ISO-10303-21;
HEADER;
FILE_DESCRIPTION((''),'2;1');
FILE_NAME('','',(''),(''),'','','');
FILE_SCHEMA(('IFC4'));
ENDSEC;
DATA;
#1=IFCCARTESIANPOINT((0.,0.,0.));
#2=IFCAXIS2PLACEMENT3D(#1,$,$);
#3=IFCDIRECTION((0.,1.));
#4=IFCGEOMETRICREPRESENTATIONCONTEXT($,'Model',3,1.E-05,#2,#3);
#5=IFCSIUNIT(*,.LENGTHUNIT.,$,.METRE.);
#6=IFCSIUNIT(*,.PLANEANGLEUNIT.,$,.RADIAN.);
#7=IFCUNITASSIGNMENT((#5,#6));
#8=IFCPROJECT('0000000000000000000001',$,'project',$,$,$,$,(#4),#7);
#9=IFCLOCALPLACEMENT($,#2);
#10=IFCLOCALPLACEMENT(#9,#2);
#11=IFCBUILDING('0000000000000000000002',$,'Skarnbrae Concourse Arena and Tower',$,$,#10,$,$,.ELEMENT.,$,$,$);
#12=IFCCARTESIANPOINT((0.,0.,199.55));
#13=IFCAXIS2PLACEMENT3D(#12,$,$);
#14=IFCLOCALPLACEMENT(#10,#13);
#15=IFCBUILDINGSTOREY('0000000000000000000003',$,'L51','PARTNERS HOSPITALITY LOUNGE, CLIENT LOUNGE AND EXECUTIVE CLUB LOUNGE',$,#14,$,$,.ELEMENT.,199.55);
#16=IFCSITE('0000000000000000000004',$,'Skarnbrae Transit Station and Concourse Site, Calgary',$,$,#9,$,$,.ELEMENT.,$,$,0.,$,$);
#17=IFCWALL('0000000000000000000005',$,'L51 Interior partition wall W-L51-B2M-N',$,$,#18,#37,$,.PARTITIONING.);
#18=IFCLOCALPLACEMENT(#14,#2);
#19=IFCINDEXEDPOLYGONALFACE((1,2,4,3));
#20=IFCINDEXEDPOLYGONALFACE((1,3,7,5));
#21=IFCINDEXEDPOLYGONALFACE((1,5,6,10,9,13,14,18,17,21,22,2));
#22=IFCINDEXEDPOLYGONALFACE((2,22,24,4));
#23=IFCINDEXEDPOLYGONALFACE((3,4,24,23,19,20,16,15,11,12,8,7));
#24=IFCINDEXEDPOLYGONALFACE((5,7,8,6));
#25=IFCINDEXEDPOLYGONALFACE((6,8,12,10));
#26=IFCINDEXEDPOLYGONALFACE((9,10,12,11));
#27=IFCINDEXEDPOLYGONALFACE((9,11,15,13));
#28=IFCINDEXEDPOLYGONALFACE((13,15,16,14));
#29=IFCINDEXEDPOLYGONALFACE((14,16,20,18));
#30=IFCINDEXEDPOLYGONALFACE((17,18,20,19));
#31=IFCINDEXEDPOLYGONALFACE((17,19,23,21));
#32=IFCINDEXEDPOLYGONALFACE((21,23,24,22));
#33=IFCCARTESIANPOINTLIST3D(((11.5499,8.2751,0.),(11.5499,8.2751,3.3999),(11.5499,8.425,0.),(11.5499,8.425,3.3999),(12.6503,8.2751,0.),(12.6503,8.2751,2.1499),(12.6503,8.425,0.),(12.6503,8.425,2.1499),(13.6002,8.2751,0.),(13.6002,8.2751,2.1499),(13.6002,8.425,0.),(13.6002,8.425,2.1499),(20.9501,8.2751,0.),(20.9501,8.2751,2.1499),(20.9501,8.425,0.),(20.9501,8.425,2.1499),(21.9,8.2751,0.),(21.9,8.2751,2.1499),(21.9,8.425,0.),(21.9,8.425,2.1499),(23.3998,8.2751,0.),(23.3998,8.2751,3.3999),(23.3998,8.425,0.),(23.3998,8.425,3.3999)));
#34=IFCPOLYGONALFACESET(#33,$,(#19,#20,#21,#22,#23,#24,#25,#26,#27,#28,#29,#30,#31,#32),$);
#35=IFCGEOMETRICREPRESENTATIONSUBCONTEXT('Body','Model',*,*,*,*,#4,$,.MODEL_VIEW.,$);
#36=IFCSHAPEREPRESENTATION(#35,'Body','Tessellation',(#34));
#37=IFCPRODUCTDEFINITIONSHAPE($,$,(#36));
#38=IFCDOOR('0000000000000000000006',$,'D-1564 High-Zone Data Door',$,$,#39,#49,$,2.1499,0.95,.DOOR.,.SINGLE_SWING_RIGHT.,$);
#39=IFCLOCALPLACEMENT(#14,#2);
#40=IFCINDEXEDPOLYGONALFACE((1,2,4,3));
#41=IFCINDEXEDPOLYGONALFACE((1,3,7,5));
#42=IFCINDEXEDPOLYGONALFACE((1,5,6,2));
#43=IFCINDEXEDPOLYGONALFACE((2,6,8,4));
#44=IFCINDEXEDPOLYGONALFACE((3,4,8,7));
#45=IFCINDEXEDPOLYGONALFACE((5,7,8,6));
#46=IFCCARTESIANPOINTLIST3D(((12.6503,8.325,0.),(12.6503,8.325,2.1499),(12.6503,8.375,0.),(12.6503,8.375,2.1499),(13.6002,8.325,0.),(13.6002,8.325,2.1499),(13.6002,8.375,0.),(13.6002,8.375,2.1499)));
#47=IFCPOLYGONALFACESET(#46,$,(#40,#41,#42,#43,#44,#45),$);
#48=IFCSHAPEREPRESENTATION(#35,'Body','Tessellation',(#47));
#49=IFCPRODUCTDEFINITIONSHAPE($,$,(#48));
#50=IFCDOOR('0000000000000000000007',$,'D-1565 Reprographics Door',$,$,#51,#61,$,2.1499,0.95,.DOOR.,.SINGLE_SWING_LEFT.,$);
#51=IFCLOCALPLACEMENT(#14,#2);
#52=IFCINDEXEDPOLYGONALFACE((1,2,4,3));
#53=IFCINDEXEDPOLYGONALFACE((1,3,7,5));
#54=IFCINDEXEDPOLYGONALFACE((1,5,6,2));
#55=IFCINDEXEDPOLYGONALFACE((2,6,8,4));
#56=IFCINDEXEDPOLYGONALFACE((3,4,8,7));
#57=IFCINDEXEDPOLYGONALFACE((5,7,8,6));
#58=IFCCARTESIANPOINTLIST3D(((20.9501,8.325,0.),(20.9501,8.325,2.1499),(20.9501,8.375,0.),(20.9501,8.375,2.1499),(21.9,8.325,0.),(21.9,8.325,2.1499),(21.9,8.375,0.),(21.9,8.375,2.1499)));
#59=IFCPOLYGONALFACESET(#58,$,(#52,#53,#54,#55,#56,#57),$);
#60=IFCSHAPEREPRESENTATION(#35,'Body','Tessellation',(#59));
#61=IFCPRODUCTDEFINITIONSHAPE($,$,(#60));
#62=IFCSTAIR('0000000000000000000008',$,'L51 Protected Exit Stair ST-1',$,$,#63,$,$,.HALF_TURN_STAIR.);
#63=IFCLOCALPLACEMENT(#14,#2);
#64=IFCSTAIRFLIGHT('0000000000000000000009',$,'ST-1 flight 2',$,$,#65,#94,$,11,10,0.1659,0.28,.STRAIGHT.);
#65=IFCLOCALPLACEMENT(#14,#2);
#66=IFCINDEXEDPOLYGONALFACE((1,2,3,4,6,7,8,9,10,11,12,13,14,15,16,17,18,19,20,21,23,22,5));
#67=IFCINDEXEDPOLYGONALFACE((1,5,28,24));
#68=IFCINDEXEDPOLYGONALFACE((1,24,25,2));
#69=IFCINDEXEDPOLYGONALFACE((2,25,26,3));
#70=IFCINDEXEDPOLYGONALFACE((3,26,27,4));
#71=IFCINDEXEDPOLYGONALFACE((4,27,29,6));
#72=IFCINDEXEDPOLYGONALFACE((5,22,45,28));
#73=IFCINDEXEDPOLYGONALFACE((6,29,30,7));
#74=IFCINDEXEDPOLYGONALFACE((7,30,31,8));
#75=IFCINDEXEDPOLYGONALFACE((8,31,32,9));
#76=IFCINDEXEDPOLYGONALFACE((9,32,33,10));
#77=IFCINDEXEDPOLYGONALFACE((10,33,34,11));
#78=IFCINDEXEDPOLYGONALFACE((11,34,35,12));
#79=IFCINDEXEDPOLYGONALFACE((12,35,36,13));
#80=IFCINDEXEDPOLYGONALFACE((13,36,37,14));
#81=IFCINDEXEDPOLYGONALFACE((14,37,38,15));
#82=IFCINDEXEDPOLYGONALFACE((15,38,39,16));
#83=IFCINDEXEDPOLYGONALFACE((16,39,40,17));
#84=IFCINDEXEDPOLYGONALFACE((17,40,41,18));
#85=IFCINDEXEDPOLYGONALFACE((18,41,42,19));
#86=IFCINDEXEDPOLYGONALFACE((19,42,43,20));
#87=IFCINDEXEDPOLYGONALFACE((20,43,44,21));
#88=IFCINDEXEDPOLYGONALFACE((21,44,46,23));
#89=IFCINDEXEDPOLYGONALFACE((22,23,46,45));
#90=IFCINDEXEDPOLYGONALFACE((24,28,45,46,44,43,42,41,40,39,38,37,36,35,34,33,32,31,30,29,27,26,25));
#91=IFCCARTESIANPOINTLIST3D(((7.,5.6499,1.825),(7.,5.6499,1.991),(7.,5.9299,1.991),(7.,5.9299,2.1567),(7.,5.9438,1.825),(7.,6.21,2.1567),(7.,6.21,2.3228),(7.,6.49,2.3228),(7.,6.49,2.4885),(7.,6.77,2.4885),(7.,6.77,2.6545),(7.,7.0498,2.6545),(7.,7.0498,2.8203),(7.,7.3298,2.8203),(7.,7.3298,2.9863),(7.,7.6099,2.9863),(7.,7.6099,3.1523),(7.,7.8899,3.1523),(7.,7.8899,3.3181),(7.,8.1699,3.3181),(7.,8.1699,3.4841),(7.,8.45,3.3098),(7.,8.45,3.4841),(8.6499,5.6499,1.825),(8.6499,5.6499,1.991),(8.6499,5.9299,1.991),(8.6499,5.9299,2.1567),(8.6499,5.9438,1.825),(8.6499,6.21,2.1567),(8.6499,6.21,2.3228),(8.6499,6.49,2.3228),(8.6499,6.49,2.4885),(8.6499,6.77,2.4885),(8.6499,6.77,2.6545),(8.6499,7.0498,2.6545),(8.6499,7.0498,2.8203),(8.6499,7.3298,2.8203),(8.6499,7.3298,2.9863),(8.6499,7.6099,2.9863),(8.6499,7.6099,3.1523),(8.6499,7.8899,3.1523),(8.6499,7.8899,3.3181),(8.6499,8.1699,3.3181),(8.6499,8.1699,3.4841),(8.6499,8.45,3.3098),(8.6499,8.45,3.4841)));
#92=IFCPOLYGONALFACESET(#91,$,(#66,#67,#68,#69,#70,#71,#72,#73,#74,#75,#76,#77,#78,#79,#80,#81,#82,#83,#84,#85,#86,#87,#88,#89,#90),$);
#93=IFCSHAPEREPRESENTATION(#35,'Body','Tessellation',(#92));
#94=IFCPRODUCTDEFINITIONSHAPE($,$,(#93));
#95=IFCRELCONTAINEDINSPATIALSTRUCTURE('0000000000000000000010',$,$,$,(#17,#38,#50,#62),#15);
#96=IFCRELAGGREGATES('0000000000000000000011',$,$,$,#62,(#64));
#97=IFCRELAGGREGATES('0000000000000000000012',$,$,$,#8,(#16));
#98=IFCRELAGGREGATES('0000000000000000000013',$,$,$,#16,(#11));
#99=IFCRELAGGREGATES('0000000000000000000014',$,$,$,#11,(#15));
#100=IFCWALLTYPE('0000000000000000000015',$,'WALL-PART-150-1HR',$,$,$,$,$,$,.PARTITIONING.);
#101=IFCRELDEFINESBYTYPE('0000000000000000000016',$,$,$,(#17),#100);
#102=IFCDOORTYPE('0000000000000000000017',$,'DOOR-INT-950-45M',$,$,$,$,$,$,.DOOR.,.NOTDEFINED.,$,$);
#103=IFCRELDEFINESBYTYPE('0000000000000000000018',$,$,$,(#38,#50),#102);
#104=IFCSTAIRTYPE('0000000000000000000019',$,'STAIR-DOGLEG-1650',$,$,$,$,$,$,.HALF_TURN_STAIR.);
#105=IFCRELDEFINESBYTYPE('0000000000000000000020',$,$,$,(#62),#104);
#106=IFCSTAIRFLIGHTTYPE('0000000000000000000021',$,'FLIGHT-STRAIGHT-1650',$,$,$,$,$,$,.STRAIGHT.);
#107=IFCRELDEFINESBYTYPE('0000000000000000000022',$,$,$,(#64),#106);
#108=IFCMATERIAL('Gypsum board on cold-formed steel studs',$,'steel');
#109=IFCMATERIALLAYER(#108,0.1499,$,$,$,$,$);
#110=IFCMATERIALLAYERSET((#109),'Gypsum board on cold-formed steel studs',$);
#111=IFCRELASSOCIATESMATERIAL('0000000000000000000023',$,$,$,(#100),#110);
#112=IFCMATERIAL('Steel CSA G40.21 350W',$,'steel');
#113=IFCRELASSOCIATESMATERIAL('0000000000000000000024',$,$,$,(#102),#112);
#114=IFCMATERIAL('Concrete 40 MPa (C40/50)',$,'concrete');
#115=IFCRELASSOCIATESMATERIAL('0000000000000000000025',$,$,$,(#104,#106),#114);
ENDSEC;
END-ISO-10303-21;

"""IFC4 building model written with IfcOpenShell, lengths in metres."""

from ifc_helpers import new_model, si_unit, direction, frame, frame_2d, origin, place, context, subcontext, project, spatial, polyline, rectangle, outline, extrude, source, transform, mapped, material, layer, layer_set, type_object, element, fill, aggregate, save


model = new_model("IFC4")

# Units and contexts
model_context = context("Model", 3, precision=1e-05, world=origin(), true_north=direction((0.0, 1.0)))
body_context = subcontext(model_context, "Body", "Model", "MODEL_VIEW")
ifc_project = project(units=[si_unit("LENGTHUNIT", "METRE"), si_unit("PLANEANGLEUNIT", "RADIAN")], contexts=[model_context])

# Site, building, storey
site_placement = place(None, origin())
site = spatial("IfcSite", under=ifc_project, at=site_placement, Name="Skarnbrae Transit Station and Concourse Site, Calgary", CompositionType="ELEMENT", RefElevation=0.0)
building_placement = place(site_placement, origin())
building = spatial("IfcBuilding", under=site, at=building_placement, Name="Skarnbrae Concourse Arena and Tower", CompositionType="ELEMENT")
storey_placement = place(building_placement, frame((0.0, 0.0, 199.55)))
storey = spatial("IfcBuildingStorey", under=building, at=storey_placement, Name="L51", Description="PARTNERS HOSPITALITY LOUNGE, CLIENT LOUNGE AND EXECUTIVE CLUB LOUNGE", CompositionType="ELEMENT", Elevation=199.55)

# Shared definitions
ifc_material_1 = material(Name="Gypsum board on cold-formed steel studs", Category="steel")

# Shared definitions
ifc_material_2 = material(Name="Steel CSA G40.21 350W", Category="steel")

# Shared definitions
ifc_layer_1 = layer(ifc_material_1, 0.1499)
ifc_layer_set_1 = layer_set([ifc_layer_1], Name="Gypsum board on cold-formed steel studs")
wall_type_1 = type_object("IfcWallType", Name="WALL-PART-150-1HR", PredefinedType="PARTITIONING", material=ifc_layer_set_1)

# Shared definitions
door_type_1 = type_object("IfcDoorType", Name="DOOR-INT-950-45M", OperationType="NOTDEFINED", PredefinedType="DOOR", material=ifc_material_2)
shared_shape_1 = source(origin(), body_context, "Body", "SweptSolid", [
    extrude(rectangle(XDim=0.95, YDim=2.1499, at=frame_2d((0.4751, 1.075))), frame((0.0, 0.0249, 0.0), z_axis=(0.0, -1.0, 0.0), x_axis=(1.0, 0.0, 0.0)), (0.0, 0.0, 1.0), 0.05),
])

# Shared definitions
shared_shape_2 = source(origin(), body_context, "Body", "SweptSolid", [
    extrude(rectangle(XDim=11.8499, YDim=0.1499, at=frame_2d((5.9248, 0.0))), origin(), (0.0, 0.0, 1.0), 3.3999),
])

# Wall, openings, doors
wall_1_placement = place(storey_placement, frame((11.55, 8.3501, 0.0), z_axis=(0.0, 0.0, 1.0), x_axis=(1.0, 0.0, 0.0)))
wall_1 = element("IfcWall", 1, at=wall_1_placement, inside=storey, type_object=wall_type_1, Name="L51 Interior partition wall W-L51-B2M-N", PredefinedType="PARTITIONING", context=body_context, shape_type="MappedRepresentation", body=[
    mapped(shared_shape_2, transform((0.0, 0.0, 0.0))),
])
opening_1_placement = place(wall_1_placement, frame((1.1001, 0.0, 0.0)))
opening_1 = element("IfcOpeningElement", 2, at=opening_1_placement, cuts=wall_1, PredefinedType="OPENING", context=body_context, shape_type="SweptSolid", body=[
    extrude(rectangle(XDim=0.95, YDim=2.1499, at=frame_2d((0.4751, 1.075))), frame((0.0, 0.085, 0.0), z_axis=(0.0, -1.0, 0.0), x_axis=(1.0, 0.0, 0.0)), (0.0, 0.0, 1.0), 0.1699),
])
opening_2_placement = place(wall_1_placement, frame((9.3999, 0.0, 0.0)))
opening_2 = element("IfcOpeningElement", 3, at=opening_2_placement, cuts=wall_1, PredefinedType="OPENING", context=body_context, shape_type="SweptSolid", body=[
    extrude(rectangle(XDim=0.95, YDim=2.1499, at=frame_2d((0.4751, 1.075))), frame((0.0, 0.085, 0.0), z_axis=(0.0, -1.0, 0.0), x_axis=(1.0, 0.0, 0.0)), (0.0, 0.0, 1.0), 0.1699),
])
door_1_placement = place(opening_1_placement, origin())
door_1 = element("IfcDoor", 4, at=door_1_placement, inside=storey, type_object=door_type_1, Name="D-1564 High-Zone Data Door", OperationType="SINGLE_SWING_RIGHT", OverallHeight=2.1499, OverallWidth=0.95, PredefinedType="DOOR", context=body_context, shape_type="MappedRepresentation", body=[
    mapped(shared_shape_1, transform((0.0, 0.0, 0.0))),
])
fill(opening_1, door_1)
door_2_placement = place(opening_2_placement, origin())
door_2 = element("IfcDoor", 5, at=door_2_placement, inside=storey, type_object=door_type_1, Name="D-1565 Reprographics Door", OperationType="SINGLE_SWING_LEFT", OverallHeight=2.1499, OverallWidth=0.95, PredefinedType="DOOR", context=body_context, shape_type="MappedRepresentation", body=[
    mapped(shared_shape_1, transform((0.0, 0.0, 0.0))),
])
fill(opening_2, door_2)

# Stair, stair flight
ifc_material_3 = material(Name="Concrete 40 MPa (C40/50)", Category="concrete")
stair_type = type_object("IfcStairType", Name="STAIR-DOGLEG-1650", PredefinedType="HALF_TURN_STAIR", material=ifc_material_3)
stair_placement = place(storey_placement, origin())
stair = element("IfcStair", 6, at=stair_placement, inside=storey, type_object=stair_type, Name="L51 Protected Exit Stair ST-1", PredefinedType="HALF_TURN_STAIR")
stair_flight_type = type_object("IfcStairFlightType", Name="FLIGHT-STRAIGHT-1650", PredefinedType="STRAIGHT", material=ifc_material_3)
shared_shape_3 = source(origin(), body_context, "Body", "SweptSolid", [
    extrude(outline(polyline([(0.0, 0.0), (0.0, 0.166), (0.28, 0.166), (0.28, 0.3318), (0.5601, 0.3318), (0.5601, 0.4978), (0.8401, 0.4978), (0.8401, 0.6636), (1.1201, 0.6636), (1.1201, 0.8296), (1.3999, 0.8296), (1.3999, 0.9954), (1.6799, 0.9954), (1.6799, 1.1614), (1.96, 1.1614), (1.96, 1.3274), (2.24, 1.3274), (2.24, 1.4932), (2.52, 1.4932), (2.52, 1.6592), (2.8, 1.6592), (2.8, 1.825), (2.8, 1.4849), (0.2939, 0.0), (0.0, 0.0)])), frame((0.0, 0.825, 0.0), z_axis=(0.0, -1.0, 0.0), x_axis=(1.0, 0.0, 0.0)), (0.0, 0.0, 1.0), 1.6499),
])
stair_flight_placement = place(storey_placement, frame((7.825, 5.6499, 1.825), z_axis=(0.0, 0.0, 1.0), x_axis=(0.0, 1.0, 0.0)))
stair_flight = element("IfcStairFlight", 7, at=stair_flight_placement, type_object=stair_flight_type, Name="ST-1 flight 2", NumberOfRisers=11, NumberOfTreads=10, PredefinedType="STRAIGHT", RiserHeight=0.1659, TreadLength=0.28, context=body_context, shape_type="MappedRepresentation", body=[
    mapped(shared_shape_3, transform((0.0, 0.0, 0.0))),
])
aggregate(stair, [stair_flight])

save(model, "model.ifc")
